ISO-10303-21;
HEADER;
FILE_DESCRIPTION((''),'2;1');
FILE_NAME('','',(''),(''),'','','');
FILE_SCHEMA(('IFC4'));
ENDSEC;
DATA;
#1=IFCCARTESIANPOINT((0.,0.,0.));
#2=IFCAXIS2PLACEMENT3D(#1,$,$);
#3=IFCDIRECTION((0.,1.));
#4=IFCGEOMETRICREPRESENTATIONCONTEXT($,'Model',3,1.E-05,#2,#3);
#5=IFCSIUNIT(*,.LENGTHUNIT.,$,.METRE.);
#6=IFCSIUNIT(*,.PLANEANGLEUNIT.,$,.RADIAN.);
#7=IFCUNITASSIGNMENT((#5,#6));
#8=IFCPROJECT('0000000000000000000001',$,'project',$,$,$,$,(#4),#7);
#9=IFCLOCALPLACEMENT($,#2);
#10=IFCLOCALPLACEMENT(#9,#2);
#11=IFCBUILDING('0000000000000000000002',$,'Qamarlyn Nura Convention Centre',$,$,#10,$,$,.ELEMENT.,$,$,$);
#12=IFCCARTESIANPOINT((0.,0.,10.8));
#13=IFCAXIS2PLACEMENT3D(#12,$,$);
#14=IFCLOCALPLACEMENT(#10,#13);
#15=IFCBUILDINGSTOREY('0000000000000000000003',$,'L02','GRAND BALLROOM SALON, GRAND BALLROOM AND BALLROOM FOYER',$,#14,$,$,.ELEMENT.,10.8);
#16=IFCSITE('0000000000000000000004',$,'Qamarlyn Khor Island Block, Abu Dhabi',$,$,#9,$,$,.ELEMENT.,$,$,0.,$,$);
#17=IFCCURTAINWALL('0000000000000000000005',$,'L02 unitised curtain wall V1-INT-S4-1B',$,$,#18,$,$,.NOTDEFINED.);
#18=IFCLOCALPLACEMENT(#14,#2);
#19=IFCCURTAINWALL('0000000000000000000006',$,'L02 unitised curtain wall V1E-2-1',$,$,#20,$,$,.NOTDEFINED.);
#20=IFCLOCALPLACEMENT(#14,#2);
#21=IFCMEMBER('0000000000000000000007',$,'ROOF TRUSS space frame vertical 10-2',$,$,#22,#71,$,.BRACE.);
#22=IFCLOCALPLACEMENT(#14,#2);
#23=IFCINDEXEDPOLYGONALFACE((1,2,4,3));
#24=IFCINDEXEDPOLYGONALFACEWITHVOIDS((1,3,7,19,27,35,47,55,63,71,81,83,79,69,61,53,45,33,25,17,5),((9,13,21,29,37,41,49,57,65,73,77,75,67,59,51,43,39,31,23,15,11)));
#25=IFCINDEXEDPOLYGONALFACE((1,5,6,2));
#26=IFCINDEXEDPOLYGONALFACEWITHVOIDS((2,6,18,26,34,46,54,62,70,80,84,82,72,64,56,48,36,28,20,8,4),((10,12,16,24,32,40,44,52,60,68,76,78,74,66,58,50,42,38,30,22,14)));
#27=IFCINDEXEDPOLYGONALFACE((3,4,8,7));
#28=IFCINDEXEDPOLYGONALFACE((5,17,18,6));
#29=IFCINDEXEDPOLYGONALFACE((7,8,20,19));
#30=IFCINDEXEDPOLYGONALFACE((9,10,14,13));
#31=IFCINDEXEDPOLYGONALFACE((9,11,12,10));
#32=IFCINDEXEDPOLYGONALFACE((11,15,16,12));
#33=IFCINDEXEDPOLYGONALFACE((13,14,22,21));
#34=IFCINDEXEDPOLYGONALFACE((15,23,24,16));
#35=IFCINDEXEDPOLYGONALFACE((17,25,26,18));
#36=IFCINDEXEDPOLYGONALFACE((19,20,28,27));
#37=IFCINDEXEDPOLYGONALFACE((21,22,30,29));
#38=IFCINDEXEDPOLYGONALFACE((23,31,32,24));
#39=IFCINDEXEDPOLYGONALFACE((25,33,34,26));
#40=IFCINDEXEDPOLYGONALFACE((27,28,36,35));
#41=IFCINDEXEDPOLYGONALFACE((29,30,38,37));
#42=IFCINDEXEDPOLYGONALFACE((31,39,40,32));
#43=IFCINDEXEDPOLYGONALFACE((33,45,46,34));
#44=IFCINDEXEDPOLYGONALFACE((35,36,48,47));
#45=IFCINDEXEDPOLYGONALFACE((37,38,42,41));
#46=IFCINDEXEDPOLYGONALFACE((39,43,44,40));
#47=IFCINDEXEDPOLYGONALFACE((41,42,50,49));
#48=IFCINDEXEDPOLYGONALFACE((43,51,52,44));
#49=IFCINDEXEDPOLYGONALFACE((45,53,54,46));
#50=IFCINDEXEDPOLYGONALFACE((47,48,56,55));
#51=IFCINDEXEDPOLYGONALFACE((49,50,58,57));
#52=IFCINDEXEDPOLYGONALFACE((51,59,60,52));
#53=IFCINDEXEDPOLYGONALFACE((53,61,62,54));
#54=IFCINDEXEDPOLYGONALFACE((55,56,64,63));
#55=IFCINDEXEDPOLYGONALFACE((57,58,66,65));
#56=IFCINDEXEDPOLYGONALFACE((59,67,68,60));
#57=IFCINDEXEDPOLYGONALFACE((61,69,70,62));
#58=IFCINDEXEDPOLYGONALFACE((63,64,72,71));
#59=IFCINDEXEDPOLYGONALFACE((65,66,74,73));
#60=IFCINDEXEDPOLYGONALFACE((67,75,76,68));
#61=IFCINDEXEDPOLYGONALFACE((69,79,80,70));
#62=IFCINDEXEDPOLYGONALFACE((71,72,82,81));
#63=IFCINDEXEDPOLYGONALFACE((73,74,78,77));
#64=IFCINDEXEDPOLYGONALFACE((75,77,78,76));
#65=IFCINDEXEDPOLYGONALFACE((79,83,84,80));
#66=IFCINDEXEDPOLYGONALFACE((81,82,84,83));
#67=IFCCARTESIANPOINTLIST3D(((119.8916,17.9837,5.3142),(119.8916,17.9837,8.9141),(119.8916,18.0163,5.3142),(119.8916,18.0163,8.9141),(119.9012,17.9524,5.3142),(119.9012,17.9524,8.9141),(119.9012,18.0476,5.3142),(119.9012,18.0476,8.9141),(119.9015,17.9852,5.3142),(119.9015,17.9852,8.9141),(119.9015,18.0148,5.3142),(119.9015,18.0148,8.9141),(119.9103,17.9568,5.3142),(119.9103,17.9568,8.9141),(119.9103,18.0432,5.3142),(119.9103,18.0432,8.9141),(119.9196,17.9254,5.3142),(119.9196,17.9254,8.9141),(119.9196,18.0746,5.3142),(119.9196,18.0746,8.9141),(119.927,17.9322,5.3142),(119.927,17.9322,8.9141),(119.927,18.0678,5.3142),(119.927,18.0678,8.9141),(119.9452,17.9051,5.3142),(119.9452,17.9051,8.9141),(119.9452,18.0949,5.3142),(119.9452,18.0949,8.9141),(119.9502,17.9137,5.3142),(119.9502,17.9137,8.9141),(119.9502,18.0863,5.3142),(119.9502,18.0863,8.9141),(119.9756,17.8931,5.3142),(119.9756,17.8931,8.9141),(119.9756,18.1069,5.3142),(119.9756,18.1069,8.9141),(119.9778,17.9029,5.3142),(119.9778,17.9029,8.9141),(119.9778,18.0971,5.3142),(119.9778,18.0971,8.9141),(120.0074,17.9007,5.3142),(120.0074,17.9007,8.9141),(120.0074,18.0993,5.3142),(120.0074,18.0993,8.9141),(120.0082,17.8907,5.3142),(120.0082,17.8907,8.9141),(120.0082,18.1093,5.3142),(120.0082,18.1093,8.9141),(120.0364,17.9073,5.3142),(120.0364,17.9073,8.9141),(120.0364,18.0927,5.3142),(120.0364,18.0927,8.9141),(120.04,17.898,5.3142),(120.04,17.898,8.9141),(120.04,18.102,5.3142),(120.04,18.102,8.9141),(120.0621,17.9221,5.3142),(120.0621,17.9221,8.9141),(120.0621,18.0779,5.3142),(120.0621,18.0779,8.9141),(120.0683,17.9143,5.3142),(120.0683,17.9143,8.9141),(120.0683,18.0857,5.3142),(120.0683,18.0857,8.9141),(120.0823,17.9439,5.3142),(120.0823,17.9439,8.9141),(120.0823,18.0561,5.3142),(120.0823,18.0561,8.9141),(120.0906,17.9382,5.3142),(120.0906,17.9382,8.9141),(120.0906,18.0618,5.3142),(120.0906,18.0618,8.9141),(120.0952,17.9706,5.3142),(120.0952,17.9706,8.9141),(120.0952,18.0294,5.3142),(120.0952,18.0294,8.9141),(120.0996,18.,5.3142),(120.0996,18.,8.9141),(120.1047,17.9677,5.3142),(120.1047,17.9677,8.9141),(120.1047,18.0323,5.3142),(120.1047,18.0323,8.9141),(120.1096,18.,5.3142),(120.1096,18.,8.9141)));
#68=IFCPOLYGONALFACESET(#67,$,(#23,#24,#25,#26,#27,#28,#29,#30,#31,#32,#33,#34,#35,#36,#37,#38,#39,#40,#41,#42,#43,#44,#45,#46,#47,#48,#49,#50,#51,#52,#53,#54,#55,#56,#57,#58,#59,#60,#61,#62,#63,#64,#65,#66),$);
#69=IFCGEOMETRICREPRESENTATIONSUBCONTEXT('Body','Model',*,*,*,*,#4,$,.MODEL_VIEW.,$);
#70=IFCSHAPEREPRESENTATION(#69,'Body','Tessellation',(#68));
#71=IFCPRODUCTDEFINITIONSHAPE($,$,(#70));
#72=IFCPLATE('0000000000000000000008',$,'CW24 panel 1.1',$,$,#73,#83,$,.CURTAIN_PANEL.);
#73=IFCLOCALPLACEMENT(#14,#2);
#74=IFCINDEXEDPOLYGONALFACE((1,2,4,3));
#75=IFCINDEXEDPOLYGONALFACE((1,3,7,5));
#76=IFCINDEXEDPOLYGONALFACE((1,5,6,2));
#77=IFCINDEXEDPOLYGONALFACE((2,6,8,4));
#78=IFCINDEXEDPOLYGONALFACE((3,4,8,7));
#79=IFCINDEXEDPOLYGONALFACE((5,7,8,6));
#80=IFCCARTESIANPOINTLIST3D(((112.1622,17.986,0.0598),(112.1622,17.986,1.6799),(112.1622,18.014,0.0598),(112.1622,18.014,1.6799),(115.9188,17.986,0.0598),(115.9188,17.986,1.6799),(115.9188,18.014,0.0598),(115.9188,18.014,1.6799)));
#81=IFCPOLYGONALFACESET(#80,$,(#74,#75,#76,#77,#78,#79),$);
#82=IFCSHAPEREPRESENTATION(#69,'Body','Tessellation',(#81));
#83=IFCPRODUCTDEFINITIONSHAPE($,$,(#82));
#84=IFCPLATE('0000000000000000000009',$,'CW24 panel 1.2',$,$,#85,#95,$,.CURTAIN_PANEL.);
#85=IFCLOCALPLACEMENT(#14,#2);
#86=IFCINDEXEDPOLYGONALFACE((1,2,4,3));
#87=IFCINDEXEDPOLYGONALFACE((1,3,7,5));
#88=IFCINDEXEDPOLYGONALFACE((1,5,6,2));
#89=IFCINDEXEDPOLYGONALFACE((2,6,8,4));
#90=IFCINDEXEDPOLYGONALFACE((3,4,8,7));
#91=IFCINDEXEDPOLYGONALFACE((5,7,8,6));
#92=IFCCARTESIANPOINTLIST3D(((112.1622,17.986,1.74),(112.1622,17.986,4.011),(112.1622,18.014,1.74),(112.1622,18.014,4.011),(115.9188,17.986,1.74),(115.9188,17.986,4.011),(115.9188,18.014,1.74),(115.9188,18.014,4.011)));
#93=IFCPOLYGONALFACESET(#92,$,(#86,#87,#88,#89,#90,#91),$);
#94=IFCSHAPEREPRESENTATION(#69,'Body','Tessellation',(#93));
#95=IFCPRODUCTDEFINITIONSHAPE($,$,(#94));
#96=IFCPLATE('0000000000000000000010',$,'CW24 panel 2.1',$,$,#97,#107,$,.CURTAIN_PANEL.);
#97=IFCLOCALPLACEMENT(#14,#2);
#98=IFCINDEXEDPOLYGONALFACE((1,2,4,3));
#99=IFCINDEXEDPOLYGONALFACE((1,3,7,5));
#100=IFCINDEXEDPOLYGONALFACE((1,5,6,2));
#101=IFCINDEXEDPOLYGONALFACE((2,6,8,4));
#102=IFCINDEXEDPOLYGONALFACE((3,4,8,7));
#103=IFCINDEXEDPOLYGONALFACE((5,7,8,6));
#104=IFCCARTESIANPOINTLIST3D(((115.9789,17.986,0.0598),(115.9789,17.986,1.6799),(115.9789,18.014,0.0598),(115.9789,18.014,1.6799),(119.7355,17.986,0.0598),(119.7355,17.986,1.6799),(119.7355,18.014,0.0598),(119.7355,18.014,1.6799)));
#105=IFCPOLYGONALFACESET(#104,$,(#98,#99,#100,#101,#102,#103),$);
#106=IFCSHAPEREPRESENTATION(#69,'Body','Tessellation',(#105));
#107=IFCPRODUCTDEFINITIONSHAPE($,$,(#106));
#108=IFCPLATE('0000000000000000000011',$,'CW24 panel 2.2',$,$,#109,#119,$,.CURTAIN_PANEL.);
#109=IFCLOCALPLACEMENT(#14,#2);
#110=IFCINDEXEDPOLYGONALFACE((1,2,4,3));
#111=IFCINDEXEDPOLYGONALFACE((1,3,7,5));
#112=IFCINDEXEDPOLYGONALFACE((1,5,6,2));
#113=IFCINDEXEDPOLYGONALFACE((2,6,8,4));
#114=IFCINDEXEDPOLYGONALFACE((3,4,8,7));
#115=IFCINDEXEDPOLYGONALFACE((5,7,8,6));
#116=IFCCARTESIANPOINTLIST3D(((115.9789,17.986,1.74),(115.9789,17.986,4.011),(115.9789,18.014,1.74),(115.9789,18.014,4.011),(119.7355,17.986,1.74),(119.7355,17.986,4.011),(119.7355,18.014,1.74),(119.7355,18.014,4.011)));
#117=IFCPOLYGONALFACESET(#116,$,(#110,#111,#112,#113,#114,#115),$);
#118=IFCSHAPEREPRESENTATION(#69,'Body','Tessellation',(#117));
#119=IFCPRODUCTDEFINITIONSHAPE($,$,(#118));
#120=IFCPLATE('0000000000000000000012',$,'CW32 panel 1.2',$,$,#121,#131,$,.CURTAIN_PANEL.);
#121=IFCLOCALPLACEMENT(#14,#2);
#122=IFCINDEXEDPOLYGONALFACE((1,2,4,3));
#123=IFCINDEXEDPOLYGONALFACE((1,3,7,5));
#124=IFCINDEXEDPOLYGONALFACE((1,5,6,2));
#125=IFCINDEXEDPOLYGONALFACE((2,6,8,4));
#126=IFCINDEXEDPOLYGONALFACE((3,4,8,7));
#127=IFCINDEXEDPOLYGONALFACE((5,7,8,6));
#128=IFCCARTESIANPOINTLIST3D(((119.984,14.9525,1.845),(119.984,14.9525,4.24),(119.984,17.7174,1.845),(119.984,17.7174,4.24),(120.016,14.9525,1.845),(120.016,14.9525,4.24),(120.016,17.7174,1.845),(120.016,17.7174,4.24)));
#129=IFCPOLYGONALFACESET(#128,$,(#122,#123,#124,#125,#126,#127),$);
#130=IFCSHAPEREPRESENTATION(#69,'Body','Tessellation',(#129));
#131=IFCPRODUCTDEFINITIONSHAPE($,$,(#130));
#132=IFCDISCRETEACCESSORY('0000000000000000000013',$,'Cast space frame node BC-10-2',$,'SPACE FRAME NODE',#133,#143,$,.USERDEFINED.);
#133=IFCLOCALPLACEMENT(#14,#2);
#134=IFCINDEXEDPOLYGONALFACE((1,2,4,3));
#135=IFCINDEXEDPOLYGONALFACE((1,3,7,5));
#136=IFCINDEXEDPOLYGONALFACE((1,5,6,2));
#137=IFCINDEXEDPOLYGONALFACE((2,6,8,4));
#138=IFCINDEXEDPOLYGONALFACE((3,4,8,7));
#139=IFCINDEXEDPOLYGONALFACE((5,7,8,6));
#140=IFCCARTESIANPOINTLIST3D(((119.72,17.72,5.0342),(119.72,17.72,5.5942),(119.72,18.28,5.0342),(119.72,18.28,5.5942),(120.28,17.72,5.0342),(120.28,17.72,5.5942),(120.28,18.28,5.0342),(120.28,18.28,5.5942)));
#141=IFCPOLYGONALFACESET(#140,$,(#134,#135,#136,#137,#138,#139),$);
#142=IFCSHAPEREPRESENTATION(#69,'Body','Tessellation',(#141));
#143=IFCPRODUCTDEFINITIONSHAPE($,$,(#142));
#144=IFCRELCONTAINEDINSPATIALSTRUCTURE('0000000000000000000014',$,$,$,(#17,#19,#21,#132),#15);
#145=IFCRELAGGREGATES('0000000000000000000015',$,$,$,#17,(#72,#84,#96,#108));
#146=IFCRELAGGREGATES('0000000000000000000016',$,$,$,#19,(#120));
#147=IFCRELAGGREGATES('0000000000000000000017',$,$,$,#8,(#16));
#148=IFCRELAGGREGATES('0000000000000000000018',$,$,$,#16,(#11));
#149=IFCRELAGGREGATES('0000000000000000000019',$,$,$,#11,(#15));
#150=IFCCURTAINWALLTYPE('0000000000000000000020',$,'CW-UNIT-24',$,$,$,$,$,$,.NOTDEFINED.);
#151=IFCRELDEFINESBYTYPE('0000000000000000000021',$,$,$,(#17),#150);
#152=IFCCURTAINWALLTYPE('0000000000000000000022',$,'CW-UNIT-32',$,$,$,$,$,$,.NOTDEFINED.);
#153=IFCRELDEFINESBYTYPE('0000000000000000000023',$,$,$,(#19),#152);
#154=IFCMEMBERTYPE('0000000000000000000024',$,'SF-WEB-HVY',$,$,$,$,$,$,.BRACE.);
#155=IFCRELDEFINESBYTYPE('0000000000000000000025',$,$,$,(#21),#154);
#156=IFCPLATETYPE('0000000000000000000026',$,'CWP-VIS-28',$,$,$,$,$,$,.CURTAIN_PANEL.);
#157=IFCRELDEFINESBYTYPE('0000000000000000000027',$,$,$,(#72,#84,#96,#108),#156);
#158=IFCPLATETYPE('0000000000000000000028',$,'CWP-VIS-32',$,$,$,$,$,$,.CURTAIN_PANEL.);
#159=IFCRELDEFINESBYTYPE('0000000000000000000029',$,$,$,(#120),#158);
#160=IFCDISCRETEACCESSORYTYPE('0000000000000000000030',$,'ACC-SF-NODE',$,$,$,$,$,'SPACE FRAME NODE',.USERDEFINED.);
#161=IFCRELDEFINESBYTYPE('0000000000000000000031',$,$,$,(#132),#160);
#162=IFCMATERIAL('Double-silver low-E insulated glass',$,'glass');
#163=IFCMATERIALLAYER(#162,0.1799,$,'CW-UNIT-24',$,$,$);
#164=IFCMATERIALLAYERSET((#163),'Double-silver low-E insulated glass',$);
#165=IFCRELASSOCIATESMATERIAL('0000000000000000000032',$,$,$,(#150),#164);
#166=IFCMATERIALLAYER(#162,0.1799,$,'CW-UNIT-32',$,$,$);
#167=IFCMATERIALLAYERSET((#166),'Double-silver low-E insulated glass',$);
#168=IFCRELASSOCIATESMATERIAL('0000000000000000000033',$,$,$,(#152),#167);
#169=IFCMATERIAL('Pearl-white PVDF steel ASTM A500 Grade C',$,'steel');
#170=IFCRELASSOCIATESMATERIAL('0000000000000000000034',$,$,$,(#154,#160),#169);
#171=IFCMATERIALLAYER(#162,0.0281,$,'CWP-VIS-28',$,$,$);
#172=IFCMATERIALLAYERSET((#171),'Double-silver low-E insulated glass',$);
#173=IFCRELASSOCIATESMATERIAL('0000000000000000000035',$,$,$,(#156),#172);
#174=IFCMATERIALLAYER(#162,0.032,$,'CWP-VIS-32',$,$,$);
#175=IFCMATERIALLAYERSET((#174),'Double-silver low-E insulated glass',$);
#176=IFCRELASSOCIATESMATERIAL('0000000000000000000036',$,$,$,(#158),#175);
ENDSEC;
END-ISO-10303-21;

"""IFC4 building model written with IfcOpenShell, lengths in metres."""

from ifc_helpers import new_model, si_unit, direction, frame, origin, origin_2d, place, context, subcontext, project, spatial, rectangle, hollow_circle, extrude, material, layer, layer_set, material_profile, profile_set, type_object, element, aggregate, save


model = new_model("IFC4")

# Units and contexts
model_context = context("Model", 3, precision=1e-05, world=origin(), true_north=direction((0.0, 1.0)))
body_context = subcontext(model_context, "Body", "Model", "MODEL_VIEW")
ifc_project = project(units=[si_unit("LENGTHUNIT", "METRE"), si_unit("PLANEANGLEUNIT", "RADIAN")], contexts=[model_context])

# Site, building, storey
site_placement = place(None, origin())
site = spatial("IfcSite", under=ifc_project, at=site_placement, Name="Qamarlyn Khor Island Block, Abu Dhabi", CompositionType="ELEMENT", RefElevation=0.0)
building_placement = place(site_placement, origin())
building = spatial("IfcBuilding", under=site, at=building_placement, Name="Qamarlyn Nura Convention Centre", CompositionType="ELEMENT")
storey_placement = place(building_placement, frame((0.0, 0.0, 10.8)))
storey = spatial("IfcBuildingStorey", under=building, at=storey_placement, Name="L02", Description="GRAND BALLROOM SALON, GRAND BALLROOM AND BALLROOM FOYER", CompositionType="ELEMENT", Elevation=10.8)

# Curtain wall
ifc_material_1 = material(Name="Double-silver low-E insulated glass", Category="glass")
ifc_layer_1 = layer(ifc_material_1, 0.1799, Name="CW-UNIT-24")
ifc_layer_set_1 = layer_set([ifc_layer_1], Name="Double-silver low-E insulated glass")
curtain_wall_type_1 = type_object("IfcCurtainWallType", Name="CW-UNIT-24", PredefinedType="NOTDEFINED", material=ifc_layer_set_1)
curtain_wall_1_placement = place(storey_placement, origin())
curtain_wall_1 = element("IfcCurtainWall", 1, at=curtain_wall_1_placement, inside=storey, type_object=curtain_wall_type_1, Name="L02 unitised curtain wall V1-INT-S4-1B", PredefinedType="NOTDEFINED")

# Curtain wall
ifc_layer_2 = layer(ifc_material_1, 0.1799, Name="CW-UNIT-32")
ifc_layer_set_2 = layer_set([ifc_layer_2], Name="Double-silver low-E insulated glass")
curtain_wall_type_2 = type_object("IfcCurtainWallType", Name="CW-UNIT-32", PredefinedType="NOTDEFINED", material=ifc_layer_set_2)
curtain_wall_2_placement = place(storey_placement, origin())
curtain_wall_2 = element("IfcCurtainWall", 2, at=curtain_wall_2_placement, inside=storey, type_object=curtain_wall_type_2, Name="L02 unitised curtain wall V1E-2-1", PredefinedType="NOTDEFINED")

# Member
ifc_material_2 = material(Name="Pearl-white PVDF steel ASTM A500 Grade C", Category="steel")
ifc_material_profile_1 = material_profile(ifc_material_2, hollow_circle(Radius=0.1096, WallThickness=0.01, at=origin_2d()), Name="CHS219.1X10")
ifc_profile_set_1 = profile_set([ifc_material_profile_1], Name="Pearl-white PVDF steel ASTM A500 Grade C")
member_type_1 = type_object("IfcMemberType", Name="SF-WEB-HVY", PredefinedType="BRACE", material=ifc_profile_set_1)
member_1_placement = place(storey_placement, frame((120.0, 18.0, 5.3142), z_axis=(0.0, 0.0, 1.0), x_axis=(1.0, 0.0, 0.0)))
element("IfcMember", 3, at=member_1_placement, inside=storey, type_object=member_type_1, Name="ROOF TRUSS space frame vertical 10-2", PredefinedType="BRACE", context=body_context, shape_type="SweptSolid", body=[
    extrude(hollow_circle(Radius=0.1096, WallThickness=0.01, at=origin_2d()), origin(), (0.0, 0.0, 1.0), 3.5999),
])

# Plates
ifc_layer_3 = layer(ifc_material_1, 0.0281, Name="CWP-VIS-28")
ifc_layer_set_3 = layer_set([ifc_layer_3], Name="Double-silver low-E insulated glass")
plate_type_1 = type_object("IfcPlateType", Name="CWP-VIS-28", PredefinedType="CURTAIN_PANEL", material=ifc_layer_set_3)
plate_1_placement = place(storey_placement, frame((114.0405, 18.0, 0.0598), z_axis=(0.0, 0.0, 1.0), x_axis=(1.0, 0.0, 0.0)))
plate_1 = element("IfcPlate", 4, at=plate_1_placement, type_object=plate_type_1, Name="CW24 panel 1.1", PredefinedType="CURTAIN_PANEL", context=body_context, shape_type="SweptSolid", body=[
    extrude(rectangle(XDim=3.7566, YDim=0.0281, at=origin_2d()), origin(), (0.0, 0.0, 1.0), 1.6201),
])
plate_2_placement = place(storey_placement, frame((114.0405, 18.0, 1.74), z_axis=(0.0, 0.0, 1.0), x_axis=(1.0, 0.0, 0.0)))
plate_2 = element("IfcPlate", 5, at=plate_2_placement, type_object=plate_type_1, Name="CW24 panel 1.2", PredefinedType="CURTAIN_PANEL", context=body_context, shape_type="SweptSolid", body=[
    extrude(rectangle(XDim=3.7566, YDim=0.0281, at=origin_2d()), origin(), (0.0, 0.0, 1.0), 2.271),
])
plate_3_placement = place(storey_placement, frame((117.8572, 18.0, 0.0598), z_axis=(0.0, 0.0, 1.0), x_axis=(1.0, 0.0, 0.0)))
plate_3 = element("IfcPlate", 6, at=plate_3_placement, type_object=plate_type_1, Name="CW24 panel 2.1", PredefinedType="CURTAIN_PANEL", context=body_context, shape_type="SweptSolid", body=[
    extrude(rectangle(XDim=3.7566, YDim=0.0281, at=origin_2d()), origin(), (0.0, 0.0, 1.0), 1.6201),
])
plate_4_placement = place(storey_placement, frame((117.8572, 18.0, 1.74), z_axis=(0.0, 0.0, 1.0), x_axis=(1.0, 0.0, 0.0)))
plate_4 = element("IfcPlate", 7, at=plate_4_placement, type_object=plate_type_1, Name="CW24 panel 2.2", PredefinedType="CURTAIN_PANEL", context=body_context, shape_type="SweptSolid", body=[
    extrude(rectangle(XDim=3.7566, YDim=0.0281, at=origin_2d()), origin(), (0.0, 0.0, 1.0), 2.271),
])
aggregate(curtain_wall_1, [plate_1, plate_2, plate_3, plate_4])
ifc_layer_4 = layer(ifc_material_1, 0.032, Name="CWP-VIS-32")
ifc_layer_set_4 = layer_set([ifc_layer_4], Name="Double-silver low-E insulated glass")
plate_type_2 = type_object("IfcPlateType", Name="CWP-VIS-32", PredefinedType="CURTAIN_PANEL", material=ifc_layer_set_4)
plate_5_placement = place(storey_placement, frame((120.0, 16.335, 1.845), z_axis=(0.0, 0.0, 1.0), x_axis=(0.0, -1.0, 0.0)))
plate_5 = element("IfcPlate", 8, at=plate_5_placement, type_object=plate_type_2, Name="CW32 panel 1.2", PredefinedType="CURTAIN_PANEL", context=body_context, shape_type="SweptSolid", body=[
    extrude(rectangle(XDim=2.7649, YDim=0.032, at=origin_2d()), origin(), (0.0, 0.0, 1.0), 2.395),
])
aggregate(curtain_wall_2, [plate_5])

# Discrete accessory
discrete_accessory_type = type_object("IfcDiscreteAccessoryType", Name="ACC-SF-NODE", ElementType="SPACE FRAME NODE", PredefinedType="USERDEFINED", material=ifc_material_2)
discrete_accessory_placement = place(storey_placement, frame((120.0, 18.0, 5.0342), z_axis=(0.0, 0.0, 1.0), x_axis=(1.0, 0.0, 0.0)))
element("IfcDiscreteAccessory", 9, at=discrete_accessory_placement, inside=storey, type_object=discrete_accessory_type, Name="Cast space frame node BC-10-2", ObjectType="SPACE FRAME NODE", PredefinedType="USERDEFINED", context=body_context, shape_type="SweptSolid", body=[
    extrude(rectangle(XDim=0.5601, YDim=0.5601, at=origin_2d()), origin(), (0.0, 0.0, 1.0), 0.5601),
])

save(model, "model.ifc")
